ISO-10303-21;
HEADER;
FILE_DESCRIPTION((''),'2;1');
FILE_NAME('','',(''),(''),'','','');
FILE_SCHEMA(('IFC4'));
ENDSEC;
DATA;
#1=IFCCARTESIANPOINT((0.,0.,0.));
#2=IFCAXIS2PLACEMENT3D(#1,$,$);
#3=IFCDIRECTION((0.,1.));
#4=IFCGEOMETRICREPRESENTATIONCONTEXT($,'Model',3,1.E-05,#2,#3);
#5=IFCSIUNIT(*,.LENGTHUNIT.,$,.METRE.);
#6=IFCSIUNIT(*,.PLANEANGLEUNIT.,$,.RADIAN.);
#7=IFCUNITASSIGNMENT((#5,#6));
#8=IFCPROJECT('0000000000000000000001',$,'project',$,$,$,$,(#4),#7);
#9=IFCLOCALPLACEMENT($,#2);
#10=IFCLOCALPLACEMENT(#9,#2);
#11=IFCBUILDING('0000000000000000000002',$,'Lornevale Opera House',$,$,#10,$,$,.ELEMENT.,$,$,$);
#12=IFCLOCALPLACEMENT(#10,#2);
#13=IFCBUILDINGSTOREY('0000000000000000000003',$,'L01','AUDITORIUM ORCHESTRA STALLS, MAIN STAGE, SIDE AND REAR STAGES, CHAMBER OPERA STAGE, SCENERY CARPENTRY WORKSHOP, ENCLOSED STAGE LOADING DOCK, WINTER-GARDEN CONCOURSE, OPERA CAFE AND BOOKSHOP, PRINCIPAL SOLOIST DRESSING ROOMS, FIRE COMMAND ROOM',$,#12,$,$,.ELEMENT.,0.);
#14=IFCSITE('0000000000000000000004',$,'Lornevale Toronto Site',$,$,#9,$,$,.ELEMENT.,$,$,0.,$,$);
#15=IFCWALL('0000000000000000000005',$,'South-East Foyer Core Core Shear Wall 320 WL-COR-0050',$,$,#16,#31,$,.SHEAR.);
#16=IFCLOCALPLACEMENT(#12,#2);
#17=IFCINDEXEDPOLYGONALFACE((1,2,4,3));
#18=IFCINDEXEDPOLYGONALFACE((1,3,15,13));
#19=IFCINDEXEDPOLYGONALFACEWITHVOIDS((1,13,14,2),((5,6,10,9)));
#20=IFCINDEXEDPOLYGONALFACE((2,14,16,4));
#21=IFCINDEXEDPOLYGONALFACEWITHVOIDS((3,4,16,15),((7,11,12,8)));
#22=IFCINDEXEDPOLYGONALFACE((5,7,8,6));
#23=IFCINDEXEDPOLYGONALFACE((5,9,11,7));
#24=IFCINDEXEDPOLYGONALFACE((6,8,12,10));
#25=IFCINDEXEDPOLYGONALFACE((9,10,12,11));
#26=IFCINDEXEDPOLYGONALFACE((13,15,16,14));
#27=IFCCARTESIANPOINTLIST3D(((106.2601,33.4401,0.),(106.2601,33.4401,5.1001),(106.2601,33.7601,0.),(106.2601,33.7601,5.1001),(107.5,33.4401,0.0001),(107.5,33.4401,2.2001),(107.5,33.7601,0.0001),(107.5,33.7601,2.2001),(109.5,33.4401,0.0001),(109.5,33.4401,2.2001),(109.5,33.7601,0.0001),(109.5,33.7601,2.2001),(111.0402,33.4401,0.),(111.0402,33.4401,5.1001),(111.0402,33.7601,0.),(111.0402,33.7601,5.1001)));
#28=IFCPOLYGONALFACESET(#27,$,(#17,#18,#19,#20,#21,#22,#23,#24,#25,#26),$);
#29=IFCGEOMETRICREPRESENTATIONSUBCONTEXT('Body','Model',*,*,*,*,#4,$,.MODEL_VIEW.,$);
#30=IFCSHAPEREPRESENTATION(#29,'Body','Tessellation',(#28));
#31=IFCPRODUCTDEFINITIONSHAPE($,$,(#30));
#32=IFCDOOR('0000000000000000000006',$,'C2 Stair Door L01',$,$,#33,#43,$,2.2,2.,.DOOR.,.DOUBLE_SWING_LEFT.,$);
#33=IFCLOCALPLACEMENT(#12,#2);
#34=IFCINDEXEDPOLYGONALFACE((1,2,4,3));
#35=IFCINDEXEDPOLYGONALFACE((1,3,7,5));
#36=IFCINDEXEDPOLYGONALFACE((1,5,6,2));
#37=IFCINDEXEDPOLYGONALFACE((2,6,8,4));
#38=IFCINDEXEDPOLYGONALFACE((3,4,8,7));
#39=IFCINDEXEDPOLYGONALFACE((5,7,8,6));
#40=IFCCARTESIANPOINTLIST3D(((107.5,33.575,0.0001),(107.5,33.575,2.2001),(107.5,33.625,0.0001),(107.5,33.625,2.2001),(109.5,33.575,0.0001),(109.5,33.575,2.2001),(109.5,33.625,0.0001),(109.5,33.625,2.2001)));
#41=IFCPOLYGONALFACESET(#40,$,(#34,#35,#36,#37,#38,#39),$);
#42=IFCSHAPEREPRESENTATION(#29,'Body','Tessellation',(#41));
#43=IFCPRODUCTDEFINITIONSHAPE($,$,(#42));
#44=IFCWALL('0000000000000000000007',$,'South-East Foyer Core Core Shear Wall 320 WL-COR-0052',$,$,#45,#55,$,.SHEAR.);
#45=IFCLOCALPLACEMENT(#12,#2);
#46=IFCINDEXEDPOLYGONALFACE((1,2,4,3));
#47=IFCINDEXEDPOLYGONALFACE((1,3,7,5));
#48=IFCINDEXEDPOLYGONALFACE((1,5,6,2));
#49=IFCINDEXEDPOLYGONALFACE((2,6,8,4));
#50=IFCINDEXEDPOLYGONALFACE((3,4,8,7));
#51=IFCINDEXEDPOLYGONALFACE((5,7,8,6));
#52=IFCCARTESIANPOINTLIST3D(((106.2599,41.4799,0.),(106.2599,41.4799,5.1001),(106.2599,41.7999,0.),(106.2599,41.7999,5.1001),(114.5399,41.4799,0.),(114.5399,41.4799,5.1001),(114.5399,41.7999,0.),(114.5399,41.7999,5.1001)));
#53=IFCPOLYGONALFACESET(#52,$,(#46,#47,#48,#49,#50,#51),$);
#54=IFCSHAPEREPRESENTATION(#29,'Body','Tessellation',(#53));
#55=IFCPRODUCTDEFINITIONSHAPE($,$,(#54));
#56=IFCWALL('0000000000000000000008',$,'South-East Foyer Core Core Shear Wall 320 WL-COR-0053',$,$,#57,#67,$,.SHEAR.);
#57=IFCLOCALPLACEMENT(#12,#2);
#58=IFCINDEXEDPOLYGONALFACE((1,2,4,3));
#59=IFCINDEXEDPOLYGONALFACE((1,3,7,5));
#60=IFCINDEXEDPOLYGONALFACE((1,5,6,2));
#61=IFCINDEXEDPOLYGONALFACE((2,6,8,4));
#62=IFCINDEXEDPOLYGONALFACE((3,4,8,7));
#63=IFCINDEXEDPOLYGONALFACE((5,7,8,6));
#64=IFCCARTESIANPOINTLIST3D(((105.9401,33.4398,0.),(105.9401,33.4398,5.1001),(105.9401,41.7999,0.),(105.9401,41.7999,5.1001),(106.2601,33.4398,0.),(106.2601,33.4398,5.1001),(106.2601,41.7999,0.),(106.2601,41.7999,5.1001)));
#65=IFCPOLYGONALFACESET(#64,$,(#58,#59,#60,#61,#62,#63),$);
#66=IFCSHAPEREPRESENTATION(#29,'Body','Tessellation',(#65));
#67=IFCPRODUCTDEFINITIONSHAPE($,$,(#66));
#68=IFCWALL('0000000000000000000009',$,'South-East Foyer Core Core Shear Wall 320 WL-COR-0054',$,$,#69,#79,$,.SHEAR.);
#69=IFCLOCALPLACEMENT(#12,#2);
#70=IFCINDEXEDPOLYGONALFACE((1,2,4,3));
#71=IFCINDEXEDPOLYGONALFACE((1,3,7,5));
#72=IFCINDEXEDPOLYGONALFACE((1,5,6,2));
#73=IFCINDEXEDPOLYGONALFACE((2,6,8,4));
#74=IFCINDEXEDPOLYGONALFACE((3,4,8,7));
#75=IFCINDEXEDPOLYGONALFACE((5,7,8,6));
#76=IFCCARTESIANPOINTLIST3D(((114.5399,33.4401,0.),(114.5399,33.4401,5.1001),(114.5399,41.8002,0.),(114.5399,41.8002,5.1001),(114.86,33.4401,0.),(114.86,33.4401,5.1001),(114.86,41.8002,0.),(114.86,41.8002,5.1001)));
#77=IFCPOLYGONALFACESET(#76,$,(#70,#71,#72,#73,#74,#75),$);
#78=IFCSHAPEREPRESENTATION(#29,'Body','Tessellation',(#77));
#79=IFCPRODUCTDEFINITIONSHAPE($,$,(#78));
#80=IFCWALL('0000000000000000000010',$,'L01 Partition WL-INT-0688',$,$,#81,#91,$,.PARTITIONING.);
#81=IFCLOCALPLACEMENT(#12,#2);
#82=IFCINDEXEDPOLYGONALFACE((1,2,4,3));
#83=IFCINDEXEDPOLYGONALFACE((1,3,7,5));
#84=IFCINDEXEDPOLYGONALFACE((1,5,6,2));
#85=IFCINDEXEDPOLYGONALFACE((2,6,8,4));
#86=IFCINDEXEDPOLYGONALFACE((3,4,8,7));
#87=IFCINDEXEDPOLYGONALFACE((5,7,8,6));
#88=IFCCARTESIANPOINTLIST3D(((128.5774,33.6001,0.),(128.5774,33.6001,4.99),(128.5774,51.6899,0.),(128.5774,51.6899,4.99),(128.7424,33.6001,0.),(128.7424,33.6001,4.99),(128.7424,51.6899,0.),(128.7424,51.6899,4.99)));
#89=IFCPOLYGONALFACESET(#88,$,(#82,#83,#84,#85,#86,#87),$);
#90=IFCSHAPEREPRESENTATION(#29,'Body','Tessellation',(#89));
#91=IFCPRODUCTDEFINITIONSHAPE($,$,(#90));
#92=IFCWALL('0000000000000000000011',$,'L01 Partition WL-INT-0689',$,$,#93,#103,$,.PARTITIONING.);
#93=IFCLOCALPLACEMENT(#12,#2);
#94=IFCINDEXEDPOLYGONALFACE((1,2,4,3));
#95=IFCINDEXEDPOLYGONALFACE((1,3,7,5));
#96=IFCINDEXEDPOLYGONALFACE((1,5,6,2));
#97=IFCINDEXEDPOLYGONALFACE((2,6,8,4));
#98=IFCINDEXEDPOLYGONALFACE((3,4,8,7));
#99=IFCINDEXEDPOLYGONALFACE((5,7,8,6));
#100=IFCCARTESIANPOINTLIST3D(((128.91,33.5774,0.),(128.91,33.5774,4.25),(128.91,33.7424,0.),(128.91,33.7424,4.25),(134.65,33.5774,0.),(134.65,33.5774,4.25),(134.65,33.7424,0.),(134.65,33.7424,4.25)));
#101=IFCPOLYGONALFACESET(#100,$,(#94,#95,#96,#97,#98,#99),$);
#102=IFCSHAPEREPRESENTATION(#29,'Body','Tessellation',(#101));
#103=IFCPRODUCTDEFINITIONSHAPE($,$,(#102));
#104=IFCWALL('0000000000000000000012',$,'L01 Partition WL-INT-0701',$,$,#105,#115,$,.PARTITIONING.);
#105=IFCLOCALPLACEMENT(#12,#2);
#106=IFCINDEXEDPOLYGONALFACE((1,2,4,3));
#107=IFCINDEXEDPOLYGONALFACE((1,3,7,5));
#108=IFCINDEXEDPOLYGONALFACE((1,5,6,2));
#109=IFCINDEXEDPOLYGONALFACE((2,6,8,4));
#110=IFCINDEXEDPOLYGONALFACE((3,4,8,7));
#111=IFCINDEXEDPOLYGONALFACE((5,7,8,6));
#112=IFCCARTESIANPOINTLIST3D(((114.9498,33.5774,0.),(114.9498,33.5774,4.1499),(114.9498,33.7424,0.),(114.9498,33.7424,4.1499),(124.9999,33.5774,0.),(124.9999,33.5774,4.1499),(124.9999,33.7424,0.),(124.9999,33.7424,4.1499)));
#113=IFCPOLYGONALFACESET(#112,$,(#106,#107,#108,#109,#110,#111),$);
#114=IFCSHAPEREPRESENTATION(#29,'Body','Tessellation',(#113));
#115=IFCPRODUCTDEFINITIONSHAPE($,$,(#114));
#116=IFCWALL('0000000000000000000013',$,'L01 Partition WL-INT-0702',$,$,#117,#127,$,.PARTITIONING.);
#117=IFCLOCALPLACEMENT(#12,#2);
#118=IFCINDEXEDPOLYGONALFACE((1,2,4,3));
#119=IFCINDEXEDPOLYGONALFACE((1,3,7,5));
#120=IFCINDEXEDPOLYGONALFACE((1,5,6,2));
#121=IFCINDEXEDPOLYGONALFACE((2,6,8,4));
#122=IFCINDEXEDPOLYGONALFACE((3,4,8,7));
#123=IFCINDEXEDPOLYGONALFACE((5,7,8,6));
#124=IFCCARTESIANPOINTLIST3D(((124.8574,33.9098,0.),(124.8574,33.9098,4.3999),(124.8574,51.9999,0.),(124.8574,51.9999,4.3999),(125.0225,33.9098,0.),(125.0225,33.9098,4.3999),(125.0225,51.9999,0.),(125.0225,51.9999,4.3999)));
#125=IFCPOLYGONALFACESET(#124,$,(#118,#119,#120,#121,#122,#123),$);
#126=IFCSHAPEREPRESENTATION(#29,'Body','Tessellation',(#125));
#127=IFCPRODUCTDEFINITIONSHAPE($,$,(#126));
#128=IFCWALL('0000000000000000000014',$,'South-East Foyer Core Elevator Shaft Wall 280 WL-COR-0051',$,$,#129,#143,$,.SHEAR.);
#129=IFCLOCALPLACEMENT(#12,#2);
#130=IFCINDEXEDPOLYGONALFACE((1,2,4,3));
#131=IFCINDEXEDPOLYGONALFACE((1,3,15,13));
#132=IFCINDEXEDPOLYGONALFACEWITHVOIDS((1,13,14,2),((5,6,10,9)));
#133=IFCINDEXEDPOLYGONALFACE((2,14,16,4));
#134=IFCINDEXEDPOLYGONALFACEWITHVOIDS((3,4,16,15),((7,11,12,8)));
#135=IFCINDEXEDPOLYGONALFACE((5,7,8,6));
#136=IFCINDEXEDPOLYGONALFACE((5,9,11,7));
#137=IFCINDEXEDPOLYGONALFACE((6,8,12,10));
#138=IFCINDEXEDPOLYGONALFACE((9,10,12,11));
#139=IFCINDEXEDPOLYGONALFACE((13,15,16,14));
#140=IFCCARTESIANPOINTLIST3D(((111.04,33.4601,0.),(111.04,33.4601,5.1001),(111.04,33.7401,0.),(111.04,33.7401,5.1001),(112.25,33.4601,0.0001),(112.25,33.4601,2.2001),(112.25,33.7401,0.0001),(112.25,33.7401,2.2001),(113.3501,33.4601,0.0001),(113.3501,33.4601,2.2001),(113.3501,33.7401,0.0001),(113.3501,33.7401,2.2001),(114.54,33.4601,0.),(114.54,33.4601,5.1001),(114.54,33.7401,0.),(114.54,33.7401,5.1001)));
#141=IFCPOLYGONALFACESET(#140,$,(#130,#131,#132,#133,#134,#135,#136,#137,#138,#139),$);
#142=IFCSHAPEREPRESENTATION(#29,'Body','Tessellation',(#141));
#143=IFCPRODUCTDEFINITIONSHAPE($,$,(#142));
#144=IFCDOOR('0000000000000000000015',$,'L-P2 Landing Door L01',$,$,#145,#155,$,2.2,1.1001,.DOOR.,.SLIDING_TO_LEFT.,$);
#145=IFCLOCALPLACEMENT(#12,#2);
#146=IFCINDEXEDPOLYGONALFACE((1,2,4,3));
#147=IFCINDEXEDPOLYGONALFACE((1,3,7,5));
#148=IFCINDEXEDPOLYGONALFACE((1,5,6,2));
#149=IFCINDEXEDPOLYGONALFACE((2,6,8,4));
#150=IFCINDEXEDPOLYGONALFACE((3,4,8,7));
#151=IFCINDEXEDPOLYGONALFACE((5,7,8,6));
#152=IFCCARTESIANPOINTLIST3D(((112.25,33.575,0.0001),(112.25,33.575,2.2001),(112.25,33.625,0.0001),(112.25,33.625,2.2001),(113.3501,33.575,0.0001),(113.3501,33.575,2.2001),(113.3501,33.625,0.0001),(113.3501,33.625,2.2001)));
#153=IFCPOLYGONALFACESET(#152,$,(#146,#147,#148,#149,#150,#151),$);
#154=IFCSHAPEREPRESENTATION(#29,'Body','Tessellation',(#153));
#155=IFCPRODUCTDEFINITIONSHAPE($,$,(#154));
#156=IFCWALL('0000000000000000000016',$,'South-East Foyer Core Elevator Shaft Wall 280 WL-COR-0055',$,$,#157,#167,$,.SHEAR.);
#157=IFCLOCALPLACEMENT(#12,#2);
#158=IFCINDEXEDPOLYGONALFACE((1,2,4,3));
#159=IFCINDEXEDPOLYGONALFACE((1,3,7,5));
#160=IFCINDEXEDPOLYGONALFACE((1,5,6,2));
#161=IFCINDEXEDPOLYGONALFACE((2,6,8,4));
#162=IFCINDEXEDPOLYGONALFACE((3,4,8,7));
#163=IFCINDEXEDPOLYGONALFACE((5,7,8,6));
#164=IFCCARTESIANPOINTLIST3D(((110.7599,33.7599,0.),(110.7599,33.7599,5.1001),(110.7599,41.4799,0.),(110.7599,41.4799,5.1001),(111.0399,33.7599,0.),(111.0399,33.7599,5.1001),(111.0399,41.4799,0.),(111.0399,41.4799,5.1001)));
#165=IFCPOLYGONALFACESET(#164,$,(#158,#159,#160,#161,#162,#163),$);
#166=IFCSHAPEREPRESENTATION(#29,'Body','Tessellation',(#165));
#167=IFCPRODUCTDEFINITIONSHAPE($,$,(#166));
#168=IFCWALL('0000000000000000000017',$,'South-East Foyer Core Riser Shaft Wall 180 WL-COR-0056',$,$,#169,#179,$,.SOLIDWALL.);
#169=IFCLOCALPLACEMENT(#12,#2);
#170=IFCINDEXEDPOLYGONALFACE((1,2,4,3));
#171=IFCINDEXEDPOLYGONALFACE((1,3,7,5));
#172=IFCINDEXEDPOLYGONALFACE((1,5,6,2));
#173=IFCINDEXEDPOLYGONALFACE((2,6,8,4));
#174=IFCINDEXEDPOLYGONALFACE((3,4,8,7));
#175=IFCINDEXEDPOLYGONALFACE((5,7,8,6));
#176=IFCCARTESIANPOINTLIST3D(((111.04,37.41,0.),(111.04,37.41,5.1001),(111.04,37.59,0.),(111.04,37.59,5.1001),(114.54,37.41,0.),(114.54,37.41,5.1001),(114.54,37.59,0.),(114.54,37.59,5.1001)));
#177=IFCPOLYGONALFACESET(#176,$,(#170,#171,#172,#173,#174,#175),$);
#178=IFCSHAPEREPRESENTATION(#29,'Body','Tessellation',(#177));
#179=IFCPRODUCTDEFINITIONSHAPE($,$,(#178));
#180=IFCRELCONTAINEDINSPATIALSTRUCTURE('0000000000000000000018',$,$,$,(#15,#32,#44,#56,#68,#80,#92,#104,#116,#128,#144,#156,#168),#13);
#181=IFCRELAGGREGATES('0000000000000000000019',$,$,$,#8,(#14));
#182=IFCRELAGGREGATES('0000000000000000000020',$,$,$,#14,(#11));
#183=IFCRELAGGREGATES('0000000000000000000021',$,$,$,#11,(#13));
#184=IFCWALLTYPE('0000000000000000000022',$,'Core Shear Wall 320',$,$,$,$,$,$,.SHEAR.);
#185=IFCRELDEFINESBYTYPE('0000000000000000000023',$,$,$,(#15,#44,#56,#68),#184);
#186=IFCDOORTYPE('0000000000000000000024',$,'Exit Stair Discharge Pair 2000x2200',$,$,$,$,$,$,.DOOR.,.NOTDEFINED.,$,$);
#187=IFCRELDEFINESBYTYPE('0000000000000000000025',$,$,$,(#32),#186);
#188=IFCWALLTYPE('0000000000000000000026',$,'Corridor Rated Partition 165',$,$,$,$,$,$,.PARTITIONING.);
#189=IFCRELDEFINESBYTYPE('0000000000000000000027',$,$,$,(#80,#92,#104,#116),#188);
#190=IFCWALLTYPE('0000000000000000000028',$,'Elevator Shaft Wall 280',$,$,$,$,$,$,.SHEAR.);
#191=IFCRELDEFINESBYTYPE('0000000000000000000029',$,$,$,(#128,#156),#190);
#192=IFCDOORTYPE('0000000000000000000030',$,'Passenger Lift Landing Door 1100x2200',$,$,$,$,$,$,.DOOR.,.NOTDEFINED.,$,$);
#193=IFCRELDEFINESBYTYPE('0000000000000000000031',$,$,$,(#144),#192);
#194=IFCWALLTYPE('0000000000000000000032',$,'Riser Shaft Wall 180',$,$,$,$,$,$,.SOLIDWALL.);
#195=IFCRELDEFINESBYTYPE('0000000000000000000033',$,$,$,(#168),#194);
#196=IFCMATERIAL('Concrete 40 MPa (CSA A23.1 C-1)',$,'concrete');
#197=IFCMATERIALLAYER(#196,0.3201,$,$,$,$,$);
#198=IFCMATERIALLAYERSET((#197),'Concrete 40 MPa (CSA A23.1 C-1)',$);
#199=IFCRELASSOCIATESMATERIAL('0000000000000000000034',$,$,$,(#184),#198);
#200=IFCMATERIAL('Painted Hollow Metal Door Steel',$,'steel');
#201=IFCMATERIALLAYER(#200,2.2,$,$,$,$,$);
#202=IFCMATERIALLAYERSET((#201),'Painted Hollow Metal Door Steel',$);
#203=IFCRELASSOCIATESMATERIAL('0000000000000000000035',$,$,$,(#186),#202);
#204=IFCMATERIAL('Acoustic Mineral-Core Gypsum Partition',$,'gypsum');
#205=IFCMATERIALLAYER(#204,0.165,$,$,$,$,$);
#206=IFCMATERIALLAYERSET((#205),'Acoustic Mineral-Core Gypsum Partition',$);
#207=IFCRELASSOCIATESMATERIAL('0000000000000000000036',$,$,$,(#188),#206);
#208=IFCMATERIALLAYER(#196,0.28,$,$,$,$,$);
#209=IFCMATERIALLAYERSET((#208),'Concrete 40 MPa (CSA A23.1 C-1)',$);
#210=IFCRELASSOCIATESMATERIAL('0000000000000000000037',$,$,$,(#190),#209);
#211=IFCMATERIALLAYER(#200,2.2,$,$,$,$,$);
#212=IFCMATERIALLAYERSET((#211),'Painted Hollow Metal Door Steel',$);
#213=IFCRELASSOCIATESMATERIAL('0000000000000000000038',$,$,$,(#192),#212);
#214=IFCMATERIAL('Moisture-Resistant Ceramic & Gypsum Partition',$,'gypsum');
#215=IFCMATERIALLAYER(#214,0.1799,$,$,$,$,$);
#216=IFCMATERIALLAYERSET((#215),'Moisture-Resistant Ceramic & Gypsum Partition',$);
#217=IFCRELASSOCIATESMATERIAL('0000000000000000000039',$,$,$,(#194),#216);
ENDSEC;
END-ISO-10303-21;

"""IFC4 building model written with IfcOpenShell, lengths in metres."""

from ifc_helpers import new_model, si_unit, direction, frame, frame_2d, origin, place, context, subcontext, project, spatial, rectangle, extrude, material, layer, layer_set, type_object, element, fill, save


model = new_model("IFC4")

# Units and contexts
model_context = context("Model", 3, precision=1e-05, world=origin(), true_north=direction((0.0, 1.0)))
body_context = subcontext(model_context, "Body", "Model", "MODEL_VIEW")
ifc_project = project(units=[si_unit("LENGTHUNIT", "METRE"), si_unit("PLANEANGLEUNIT", "RADIAN")], contexts=[model_context])

# Site, building, storey
site_placement = place(None, origin())
site = spatial("IfcSite", under=ifc_project, at=site_placement, Name="Lornevale Toronto Site", CompositionType="ELEMENT", RefElevation=0.0)
building_placement = place(site_placement, origin())
building = spatial("IfcBuilding", under=site, at=building_placement, Name="Lornevale Opera House", CompositionType="ELEMENT")
storey_placement = place(building_placement, origin())
storey = spatial("IfcBuildingStorey", under=building, at=storey_placement, Name="L01", Description="AUDITORIUM ORCHESTRA STALLS, MAIN STAGE, SIDE AND REAR STAGES, CHAMBER OPERA STAGE, SCENERY CARPENTRY WORKSHOP, ENCLOSED STAGE LOADING DOCK, WINTER-GARDEN CONCOURSE, OPERA CAFE AND BOOKSHOP, PRINCIPAL SOLOIST DRESSING ROOMS, FIRE COMMAND ROOM", CompositionType="ELEMENT", Elevation=0.0)

# Shared definitions
ifc_material_1 = material(Name="Concrete 40 MPa (CSA A23.1 C-1)", Category="concrete")

# Wall, opening, door
ifc_layer_1 = layer(ifc_material_1, 0.3201)
ifc_layer_set_1 = layer_set([ifc_layer_1], Name="Concrete 40 MPa (CSA A23.1 C-1)")
wall_type_1 = type_object("IfcWallType", Name="Core Shear Wall 320", PredefinedType="SHEAR", material=ifc_layer_set_1)
wall_1_placement = place(storey_placement, frame((106.26, 33.6001, 0.0), z_axis=(0.0, 0.0, 1.0), x_axis=(1.0, 0.0, 0.0)))
wall_1 = element("IfcWall", 1, at=wall_1_placement, inside=storey, type_object=wall_type_1, Name="South-East Foyer Core Core Shear Wall 320 WL-COR-0050", PredefinedType="SHEAR", context=body_context, shape_type="SweptSolid", body=[
    extrude(rectangle(XDim=4.78, YDim=0.3201, at=frame_2d((2.3901, 0.0))), origin(), (0.0, 0.0, 1.0), 5.1001),
])
opening_1_placement = place(wall_1_placement, frame((1.24, 0.0, 0.0)))
opening_1 = element("IfcOpeningElement", 2, at=opening_1_placement, cuts=wall_1, PredefinedType="OPENING", context=body_context, shape_type="SweptSolid", body=[
    extrude(rectangle(XDim=2.0, YDim=2.2, at=frame_2d((1.0, 1.1001))), frame((0.0, 0.1699, 0.0), z_axis=(0.0, -1.0, 0.0), x_axis=(1.0, 0.0, 0.0)), (0.0, 0.0, 1.0), 0.3401),
])
ifc_material_2 = material(Name="Painted Hollow Metal Door Steel", Category="steel")
ifc_layer_2 = layer(ifc_material_2, 2.2)
ifc_layer_set_2 = layer_set([ifc_layer_2], Name="Painted Hollow Metal Door Steel")
door_type_1 = type_object("IfcDoorType", Name="Exit Stair Discharge Pair 2000x2200", OperationType="NOTDEFINED", PredefinedType="DOOR", material=ifc_layer_set_2)
door_1_placement = place(opening_1_placement, origin())
door_1 = element("IfcDoor", 3, at=door_1_placement, inside=storey, type_object=door_type_1, Name="C2 Stair Door L01", OperationType="DOUBLE_SWING_LEFT", OverallHeight=2.2, OverallWidth=2.0, PredefinedType="DOOR", context=body_context, shape_type="SweptSolid", body=[
    extrude(rectangle(XDim=2.0, YDim=2.2, at=frame_2d((1.0, 1.1001))), frame((0.0, 0.0249, 0.0), z_axis=(0.0, -1.0, 0.0), x_axis=(1.0, 0.0, 0.0)), (0.0, 0.0, 1.0), 0.05),
])
fill(opening_1, door_1)

# Walls
wall_2_placement = place(storey_placement, frame((114.54, 41.6399, 0.0), z_axis=(0.0, 0.0, 1.0), x_axis=(-1.0, 0.0, 0.0)))
element("IfcWall", 4, at=wall_2_placement, inside=storey, type_object=wall_type_1, Name="South-East Foyer Core Core Shear Wall 320 WL-COR-0052", PredefinedType="SHEAR", context=body_context, shape_type="SweptSolid", body=[
    extrude(rectangle(XDim=8.28, YDim=0.3201, at=frame_2d((4.1401, 0.0))), origin(), (0.0, 0.0, 1.0), 5.1001),
])
for number, where, z_axis, x_axis, name in (
    (5, (106.1001, 41.8, 0.0), (0.0, 0.0, 1.0), (0.0, -1.0, 0.0), "South-East Foyer Core Core Shear Wall 320 WL-COR-0053"),
    (6, (114.7, 33.4399, 0.0), (0.0, 0.0, 1.0), (0.0, 1.0, 0.0), "South-East Foyer Core Core Shear Wall 320 WL-COR-0054"),
):
    element("IfcWall", number, at=place(storey_placement, frame(where, z_axis=z_axis, x_axis=x_axis)), inside=storey, type_object=wall_type_1, Name=name, PredefinedType="SHEAR", context=body_context, shape_type="SweptSolid", body=[
        extrude(rectangle(XDim=8.3601, YDim=0.3201, at=frame_2d((4.1802, 0.0))), origin(), (0.0, 0.0, 1.0), 5.1001),
    ])
ifc_material_3 = material(Name="Acoustic Mineral-Core Gypsum Partition", Category="gypsum")
ifc_layer_3 = layer(ifc_material_3, 0.165)
ifc_layer_set_3 = layer_set([ifc_layer_3], Name="Acoustic Mineral-Core Gypsum Partition")
wall_type_2 = type_object("IfcWallType", Name="Corridor Rated Partition 165", PredefinedType="PARTITIONING", material=ifc_layer_set_3)
wall_3_placement = place(storey_placement, frame((128.6599, 33.6001, 0.0), z_axis=(0.0, 0.0, 1.0), x_axis=(0.0, 1.0, 0.0)))
element("IfcWall", 7, at=wall_3_placement, inside=storey, type_object=wall_type_2, Name="L01 Partition WL-INT-0688", PredefinedType="PARTITIONING", context=body_context, shape_type="SweptSolid", body=[
    extrude(rectangle(XDim=18.0898, YDim=0.165, at=frame_2d((9.0449, 0.0))), origin(), (0.0, 0.0, 1.0), 4.99),
])
wall_4_placement = place(storey_placement, frame((128.9099, 33.6599, 0.0), z_axis=(0.0, 0.0, 1.0), x_axis=(1.0, 0.0, 0.0)))
element("IfcWall", 8, at=wall_4_placement, inside=storey, type_object=wall_type_2, Name="L01 Partition WL-INT-0689", PredefinedType="PARTITIONING", context=body_context, shape_type="SweptSolid", body=[
    extrude(rectangle(XDim=5.74, YDim=0.165, at=frame_2d((2.8701, 0.0))), origin(), (0.0, 0.0, 1.0), 4.25),
])
wall_5_placement = place(storey_placement, frame((114.95, 33.6599, 0.0), z_axis=(0.0, 0.0, 1.0), x_axis=(1.0, 0.0, 0.0)))
element("IfcWall", 9, at=wall_5_placement, inside=storey, type_object=wall_type_2, Name="L01 Partition WL-INT-0701", PredefinedType="PARTITIONING", context=body_context, shape_type="SweptSolid", body=[
    extrude(rectangle(XDim=10.05, YDim=0.165, at=frame_2d((5.0249, 0.0))), origin(), (0.0, 0.0, 1.0), 4.1499),
])
wall_6_placement = place(storey_placement, frame((124.9399, 33.9099, 0.0), z_axis=(0.0, 0.0, 1.0), x_axis=(0.0, 1.0, 0.0)))
element("IfcWall", 10, at=wall_6_placement, inside=storey, type_object=wall_type_2, Name="L01 Partition WL-INT-0702", PredefinedType="PARTITIONING", context=body_context, shape_type="SweptSolid", body=[
    extrude(rectangle(XDim=18.0901, YDim=0.165, at=frame_2d((9.0449, 0.0))), origin(), (0.0, 0.0, 1.0), 4.3999),
])

# Wall, opening, door
ifc_layer_4 = layer(ifc_material_1, 0.28)
ifc_layer_set_4 = layer_set([ifc_layer_4], Name="Concrete 40 MPa (CSA A23.1 C-1)")
wall_type_3 = type_object("IfcWallType", Name="Elevator Shaft Wall 280", PredefinedType="SHEAR", material=ifc_layer_set_4)
wall_7_placement = place(storey_placement, frame((111.04, 33.6001, 0.0), z_axis=(0.0, 0.0, 1.0), x_axis=(1.0, 0.0, 0.0)))
wall_7 = element("IfcWall", 11, at=wall_7_placement, inside=storey, type_object=wall_type_3, Name="South-East Foyer Core Elevator Shaft Wall 280 WL-COR-0051", PredefinedType="SHEAR", context=body_context, shape_type="SweptSolid", body=[
    extrude(rectangle(XDim=3.5, YDim=0.28, at=frame_2d((1.75, 0.0))), origin(), (0.0, 0.0, 1.0), 5.1001),
])
opening_2_placement = place(wall_7_placement, frame((1.21, 0.0, 0.0)))
opening_2 = element("IfcOpeningElement", 12, at=opening_2_placement, cuts=wall_7, PredefinedType="OPENING", context=body_context, shape_type="SweptSolid", body=[
    extrude(rectangle(XDim=1.1001, YDim=2.2, at=frame_2d((0.55, 1.1001))), frame((0.0, 0.1499, 0.0), z_axis=(0.0, -1.0, 0.0), x_axis=(1.0, 0.0, 0.0)), (0.0, 0.0, 1.0), 0.3),
])
ifc_layer_5 = layer(ifc_material_2, 2.2)
ifc_layer_set_5 = layer_set([ifc_layer_5], Name="Painted Hollow Metal Door Steel")
door_type_2 = type_object("IfcDoorType", Name="Passenger Lift Landing Door 1100x2200", OperationType="NOTDEFINED", PredefinedType="DOOR", material=ifc_layer_set_5)
door_2_placement = place(opening_2_placement, origin())
door_2 = element("IfcDoor", 13, at=door_2_placement, inside=storey, type_object=door_type_2, Name="L-P2 Landing Door L01", OperationType="SLIDING_TO_LEFT", OverallHeight=2.2, OverallWidth=1.1001, PredefinedType="DOOR", context=body_context, shape_type="SweptSolid", body=[
    extrude(rectangle(XDim=1.1001, YDim=2.2, at=frame_2d((0.55, 1.1001))), frame((0.0, 0.0249, 0.0), z_axis=(0.0, -1.0, 0.0), x_axis=(1.0, 0.0, 0.0)), (0.0, 0.0, 1.0), 0.05),
])
fill(opening_2, door_2)

# Walls
wall_8_placement = place(storey_placement, frame((110.8999, 33.76, 0.0), z_axis=(0.0, 0.0, 1.0), x_axis=(0.0, 1.0, 0.0)))
element("IfcWall", 14, at=wall_8_placement, inside=storey, type_object=wall_type_3, Name="South-East Foyer Core Elevator Shaft Wall 280 WL-COR-0055", PredefinedType="SHEAR", context=body_context, shape_type="SweptSolid", body=[
    extrude(rectangle(XDim=7.72, YDim=0.28, at=frame_2d((3.8599, 0.0))), origin(), (0.0, 0.0, 1.0), 5.1001),
])
ifc_material_4 = material(Name="Moisture-Resistant Ceramic & Gypsum Partition", Category="gypsum")
ifc_layer_6 = layer(ifc_material_4, 0.1799)
ifc_layer_set_6 = layer_set([ifc_layer_6], Name="Moisture-Resistant Ceramic & Gypsum Partition")
wall_type_4 = type_object("IfcWallType", Name="Riser Shaft Wall 180", PredefinedType="SOLIDWALL", material=ifc_layer_set_6)
wall_9_placement = place(storey_placement, frame((111.04, 37.5, 0.0), z_axis=(0.0, 0.0, 1.0), x_axis=(1.0, 0.0, 0.0)))
element("IfcWall", 15, at=wall_9_placement, inside=storey, type_object=wall_type_4, Name="South-East Foyer Core Riser Shaft Wall 180 WL-COR-0056", PredefinedType="SOLIDWALL", context=body_context, shape_type="SweptSolid", body=[
    extrude(rectangle(XDim=3.5, YDim=0.1799, at=frame_2d((1.75, 0.0))), origin(), (0.0, 0.0, 1.0), 5.1001),
])

save(model, "model.ifc")
